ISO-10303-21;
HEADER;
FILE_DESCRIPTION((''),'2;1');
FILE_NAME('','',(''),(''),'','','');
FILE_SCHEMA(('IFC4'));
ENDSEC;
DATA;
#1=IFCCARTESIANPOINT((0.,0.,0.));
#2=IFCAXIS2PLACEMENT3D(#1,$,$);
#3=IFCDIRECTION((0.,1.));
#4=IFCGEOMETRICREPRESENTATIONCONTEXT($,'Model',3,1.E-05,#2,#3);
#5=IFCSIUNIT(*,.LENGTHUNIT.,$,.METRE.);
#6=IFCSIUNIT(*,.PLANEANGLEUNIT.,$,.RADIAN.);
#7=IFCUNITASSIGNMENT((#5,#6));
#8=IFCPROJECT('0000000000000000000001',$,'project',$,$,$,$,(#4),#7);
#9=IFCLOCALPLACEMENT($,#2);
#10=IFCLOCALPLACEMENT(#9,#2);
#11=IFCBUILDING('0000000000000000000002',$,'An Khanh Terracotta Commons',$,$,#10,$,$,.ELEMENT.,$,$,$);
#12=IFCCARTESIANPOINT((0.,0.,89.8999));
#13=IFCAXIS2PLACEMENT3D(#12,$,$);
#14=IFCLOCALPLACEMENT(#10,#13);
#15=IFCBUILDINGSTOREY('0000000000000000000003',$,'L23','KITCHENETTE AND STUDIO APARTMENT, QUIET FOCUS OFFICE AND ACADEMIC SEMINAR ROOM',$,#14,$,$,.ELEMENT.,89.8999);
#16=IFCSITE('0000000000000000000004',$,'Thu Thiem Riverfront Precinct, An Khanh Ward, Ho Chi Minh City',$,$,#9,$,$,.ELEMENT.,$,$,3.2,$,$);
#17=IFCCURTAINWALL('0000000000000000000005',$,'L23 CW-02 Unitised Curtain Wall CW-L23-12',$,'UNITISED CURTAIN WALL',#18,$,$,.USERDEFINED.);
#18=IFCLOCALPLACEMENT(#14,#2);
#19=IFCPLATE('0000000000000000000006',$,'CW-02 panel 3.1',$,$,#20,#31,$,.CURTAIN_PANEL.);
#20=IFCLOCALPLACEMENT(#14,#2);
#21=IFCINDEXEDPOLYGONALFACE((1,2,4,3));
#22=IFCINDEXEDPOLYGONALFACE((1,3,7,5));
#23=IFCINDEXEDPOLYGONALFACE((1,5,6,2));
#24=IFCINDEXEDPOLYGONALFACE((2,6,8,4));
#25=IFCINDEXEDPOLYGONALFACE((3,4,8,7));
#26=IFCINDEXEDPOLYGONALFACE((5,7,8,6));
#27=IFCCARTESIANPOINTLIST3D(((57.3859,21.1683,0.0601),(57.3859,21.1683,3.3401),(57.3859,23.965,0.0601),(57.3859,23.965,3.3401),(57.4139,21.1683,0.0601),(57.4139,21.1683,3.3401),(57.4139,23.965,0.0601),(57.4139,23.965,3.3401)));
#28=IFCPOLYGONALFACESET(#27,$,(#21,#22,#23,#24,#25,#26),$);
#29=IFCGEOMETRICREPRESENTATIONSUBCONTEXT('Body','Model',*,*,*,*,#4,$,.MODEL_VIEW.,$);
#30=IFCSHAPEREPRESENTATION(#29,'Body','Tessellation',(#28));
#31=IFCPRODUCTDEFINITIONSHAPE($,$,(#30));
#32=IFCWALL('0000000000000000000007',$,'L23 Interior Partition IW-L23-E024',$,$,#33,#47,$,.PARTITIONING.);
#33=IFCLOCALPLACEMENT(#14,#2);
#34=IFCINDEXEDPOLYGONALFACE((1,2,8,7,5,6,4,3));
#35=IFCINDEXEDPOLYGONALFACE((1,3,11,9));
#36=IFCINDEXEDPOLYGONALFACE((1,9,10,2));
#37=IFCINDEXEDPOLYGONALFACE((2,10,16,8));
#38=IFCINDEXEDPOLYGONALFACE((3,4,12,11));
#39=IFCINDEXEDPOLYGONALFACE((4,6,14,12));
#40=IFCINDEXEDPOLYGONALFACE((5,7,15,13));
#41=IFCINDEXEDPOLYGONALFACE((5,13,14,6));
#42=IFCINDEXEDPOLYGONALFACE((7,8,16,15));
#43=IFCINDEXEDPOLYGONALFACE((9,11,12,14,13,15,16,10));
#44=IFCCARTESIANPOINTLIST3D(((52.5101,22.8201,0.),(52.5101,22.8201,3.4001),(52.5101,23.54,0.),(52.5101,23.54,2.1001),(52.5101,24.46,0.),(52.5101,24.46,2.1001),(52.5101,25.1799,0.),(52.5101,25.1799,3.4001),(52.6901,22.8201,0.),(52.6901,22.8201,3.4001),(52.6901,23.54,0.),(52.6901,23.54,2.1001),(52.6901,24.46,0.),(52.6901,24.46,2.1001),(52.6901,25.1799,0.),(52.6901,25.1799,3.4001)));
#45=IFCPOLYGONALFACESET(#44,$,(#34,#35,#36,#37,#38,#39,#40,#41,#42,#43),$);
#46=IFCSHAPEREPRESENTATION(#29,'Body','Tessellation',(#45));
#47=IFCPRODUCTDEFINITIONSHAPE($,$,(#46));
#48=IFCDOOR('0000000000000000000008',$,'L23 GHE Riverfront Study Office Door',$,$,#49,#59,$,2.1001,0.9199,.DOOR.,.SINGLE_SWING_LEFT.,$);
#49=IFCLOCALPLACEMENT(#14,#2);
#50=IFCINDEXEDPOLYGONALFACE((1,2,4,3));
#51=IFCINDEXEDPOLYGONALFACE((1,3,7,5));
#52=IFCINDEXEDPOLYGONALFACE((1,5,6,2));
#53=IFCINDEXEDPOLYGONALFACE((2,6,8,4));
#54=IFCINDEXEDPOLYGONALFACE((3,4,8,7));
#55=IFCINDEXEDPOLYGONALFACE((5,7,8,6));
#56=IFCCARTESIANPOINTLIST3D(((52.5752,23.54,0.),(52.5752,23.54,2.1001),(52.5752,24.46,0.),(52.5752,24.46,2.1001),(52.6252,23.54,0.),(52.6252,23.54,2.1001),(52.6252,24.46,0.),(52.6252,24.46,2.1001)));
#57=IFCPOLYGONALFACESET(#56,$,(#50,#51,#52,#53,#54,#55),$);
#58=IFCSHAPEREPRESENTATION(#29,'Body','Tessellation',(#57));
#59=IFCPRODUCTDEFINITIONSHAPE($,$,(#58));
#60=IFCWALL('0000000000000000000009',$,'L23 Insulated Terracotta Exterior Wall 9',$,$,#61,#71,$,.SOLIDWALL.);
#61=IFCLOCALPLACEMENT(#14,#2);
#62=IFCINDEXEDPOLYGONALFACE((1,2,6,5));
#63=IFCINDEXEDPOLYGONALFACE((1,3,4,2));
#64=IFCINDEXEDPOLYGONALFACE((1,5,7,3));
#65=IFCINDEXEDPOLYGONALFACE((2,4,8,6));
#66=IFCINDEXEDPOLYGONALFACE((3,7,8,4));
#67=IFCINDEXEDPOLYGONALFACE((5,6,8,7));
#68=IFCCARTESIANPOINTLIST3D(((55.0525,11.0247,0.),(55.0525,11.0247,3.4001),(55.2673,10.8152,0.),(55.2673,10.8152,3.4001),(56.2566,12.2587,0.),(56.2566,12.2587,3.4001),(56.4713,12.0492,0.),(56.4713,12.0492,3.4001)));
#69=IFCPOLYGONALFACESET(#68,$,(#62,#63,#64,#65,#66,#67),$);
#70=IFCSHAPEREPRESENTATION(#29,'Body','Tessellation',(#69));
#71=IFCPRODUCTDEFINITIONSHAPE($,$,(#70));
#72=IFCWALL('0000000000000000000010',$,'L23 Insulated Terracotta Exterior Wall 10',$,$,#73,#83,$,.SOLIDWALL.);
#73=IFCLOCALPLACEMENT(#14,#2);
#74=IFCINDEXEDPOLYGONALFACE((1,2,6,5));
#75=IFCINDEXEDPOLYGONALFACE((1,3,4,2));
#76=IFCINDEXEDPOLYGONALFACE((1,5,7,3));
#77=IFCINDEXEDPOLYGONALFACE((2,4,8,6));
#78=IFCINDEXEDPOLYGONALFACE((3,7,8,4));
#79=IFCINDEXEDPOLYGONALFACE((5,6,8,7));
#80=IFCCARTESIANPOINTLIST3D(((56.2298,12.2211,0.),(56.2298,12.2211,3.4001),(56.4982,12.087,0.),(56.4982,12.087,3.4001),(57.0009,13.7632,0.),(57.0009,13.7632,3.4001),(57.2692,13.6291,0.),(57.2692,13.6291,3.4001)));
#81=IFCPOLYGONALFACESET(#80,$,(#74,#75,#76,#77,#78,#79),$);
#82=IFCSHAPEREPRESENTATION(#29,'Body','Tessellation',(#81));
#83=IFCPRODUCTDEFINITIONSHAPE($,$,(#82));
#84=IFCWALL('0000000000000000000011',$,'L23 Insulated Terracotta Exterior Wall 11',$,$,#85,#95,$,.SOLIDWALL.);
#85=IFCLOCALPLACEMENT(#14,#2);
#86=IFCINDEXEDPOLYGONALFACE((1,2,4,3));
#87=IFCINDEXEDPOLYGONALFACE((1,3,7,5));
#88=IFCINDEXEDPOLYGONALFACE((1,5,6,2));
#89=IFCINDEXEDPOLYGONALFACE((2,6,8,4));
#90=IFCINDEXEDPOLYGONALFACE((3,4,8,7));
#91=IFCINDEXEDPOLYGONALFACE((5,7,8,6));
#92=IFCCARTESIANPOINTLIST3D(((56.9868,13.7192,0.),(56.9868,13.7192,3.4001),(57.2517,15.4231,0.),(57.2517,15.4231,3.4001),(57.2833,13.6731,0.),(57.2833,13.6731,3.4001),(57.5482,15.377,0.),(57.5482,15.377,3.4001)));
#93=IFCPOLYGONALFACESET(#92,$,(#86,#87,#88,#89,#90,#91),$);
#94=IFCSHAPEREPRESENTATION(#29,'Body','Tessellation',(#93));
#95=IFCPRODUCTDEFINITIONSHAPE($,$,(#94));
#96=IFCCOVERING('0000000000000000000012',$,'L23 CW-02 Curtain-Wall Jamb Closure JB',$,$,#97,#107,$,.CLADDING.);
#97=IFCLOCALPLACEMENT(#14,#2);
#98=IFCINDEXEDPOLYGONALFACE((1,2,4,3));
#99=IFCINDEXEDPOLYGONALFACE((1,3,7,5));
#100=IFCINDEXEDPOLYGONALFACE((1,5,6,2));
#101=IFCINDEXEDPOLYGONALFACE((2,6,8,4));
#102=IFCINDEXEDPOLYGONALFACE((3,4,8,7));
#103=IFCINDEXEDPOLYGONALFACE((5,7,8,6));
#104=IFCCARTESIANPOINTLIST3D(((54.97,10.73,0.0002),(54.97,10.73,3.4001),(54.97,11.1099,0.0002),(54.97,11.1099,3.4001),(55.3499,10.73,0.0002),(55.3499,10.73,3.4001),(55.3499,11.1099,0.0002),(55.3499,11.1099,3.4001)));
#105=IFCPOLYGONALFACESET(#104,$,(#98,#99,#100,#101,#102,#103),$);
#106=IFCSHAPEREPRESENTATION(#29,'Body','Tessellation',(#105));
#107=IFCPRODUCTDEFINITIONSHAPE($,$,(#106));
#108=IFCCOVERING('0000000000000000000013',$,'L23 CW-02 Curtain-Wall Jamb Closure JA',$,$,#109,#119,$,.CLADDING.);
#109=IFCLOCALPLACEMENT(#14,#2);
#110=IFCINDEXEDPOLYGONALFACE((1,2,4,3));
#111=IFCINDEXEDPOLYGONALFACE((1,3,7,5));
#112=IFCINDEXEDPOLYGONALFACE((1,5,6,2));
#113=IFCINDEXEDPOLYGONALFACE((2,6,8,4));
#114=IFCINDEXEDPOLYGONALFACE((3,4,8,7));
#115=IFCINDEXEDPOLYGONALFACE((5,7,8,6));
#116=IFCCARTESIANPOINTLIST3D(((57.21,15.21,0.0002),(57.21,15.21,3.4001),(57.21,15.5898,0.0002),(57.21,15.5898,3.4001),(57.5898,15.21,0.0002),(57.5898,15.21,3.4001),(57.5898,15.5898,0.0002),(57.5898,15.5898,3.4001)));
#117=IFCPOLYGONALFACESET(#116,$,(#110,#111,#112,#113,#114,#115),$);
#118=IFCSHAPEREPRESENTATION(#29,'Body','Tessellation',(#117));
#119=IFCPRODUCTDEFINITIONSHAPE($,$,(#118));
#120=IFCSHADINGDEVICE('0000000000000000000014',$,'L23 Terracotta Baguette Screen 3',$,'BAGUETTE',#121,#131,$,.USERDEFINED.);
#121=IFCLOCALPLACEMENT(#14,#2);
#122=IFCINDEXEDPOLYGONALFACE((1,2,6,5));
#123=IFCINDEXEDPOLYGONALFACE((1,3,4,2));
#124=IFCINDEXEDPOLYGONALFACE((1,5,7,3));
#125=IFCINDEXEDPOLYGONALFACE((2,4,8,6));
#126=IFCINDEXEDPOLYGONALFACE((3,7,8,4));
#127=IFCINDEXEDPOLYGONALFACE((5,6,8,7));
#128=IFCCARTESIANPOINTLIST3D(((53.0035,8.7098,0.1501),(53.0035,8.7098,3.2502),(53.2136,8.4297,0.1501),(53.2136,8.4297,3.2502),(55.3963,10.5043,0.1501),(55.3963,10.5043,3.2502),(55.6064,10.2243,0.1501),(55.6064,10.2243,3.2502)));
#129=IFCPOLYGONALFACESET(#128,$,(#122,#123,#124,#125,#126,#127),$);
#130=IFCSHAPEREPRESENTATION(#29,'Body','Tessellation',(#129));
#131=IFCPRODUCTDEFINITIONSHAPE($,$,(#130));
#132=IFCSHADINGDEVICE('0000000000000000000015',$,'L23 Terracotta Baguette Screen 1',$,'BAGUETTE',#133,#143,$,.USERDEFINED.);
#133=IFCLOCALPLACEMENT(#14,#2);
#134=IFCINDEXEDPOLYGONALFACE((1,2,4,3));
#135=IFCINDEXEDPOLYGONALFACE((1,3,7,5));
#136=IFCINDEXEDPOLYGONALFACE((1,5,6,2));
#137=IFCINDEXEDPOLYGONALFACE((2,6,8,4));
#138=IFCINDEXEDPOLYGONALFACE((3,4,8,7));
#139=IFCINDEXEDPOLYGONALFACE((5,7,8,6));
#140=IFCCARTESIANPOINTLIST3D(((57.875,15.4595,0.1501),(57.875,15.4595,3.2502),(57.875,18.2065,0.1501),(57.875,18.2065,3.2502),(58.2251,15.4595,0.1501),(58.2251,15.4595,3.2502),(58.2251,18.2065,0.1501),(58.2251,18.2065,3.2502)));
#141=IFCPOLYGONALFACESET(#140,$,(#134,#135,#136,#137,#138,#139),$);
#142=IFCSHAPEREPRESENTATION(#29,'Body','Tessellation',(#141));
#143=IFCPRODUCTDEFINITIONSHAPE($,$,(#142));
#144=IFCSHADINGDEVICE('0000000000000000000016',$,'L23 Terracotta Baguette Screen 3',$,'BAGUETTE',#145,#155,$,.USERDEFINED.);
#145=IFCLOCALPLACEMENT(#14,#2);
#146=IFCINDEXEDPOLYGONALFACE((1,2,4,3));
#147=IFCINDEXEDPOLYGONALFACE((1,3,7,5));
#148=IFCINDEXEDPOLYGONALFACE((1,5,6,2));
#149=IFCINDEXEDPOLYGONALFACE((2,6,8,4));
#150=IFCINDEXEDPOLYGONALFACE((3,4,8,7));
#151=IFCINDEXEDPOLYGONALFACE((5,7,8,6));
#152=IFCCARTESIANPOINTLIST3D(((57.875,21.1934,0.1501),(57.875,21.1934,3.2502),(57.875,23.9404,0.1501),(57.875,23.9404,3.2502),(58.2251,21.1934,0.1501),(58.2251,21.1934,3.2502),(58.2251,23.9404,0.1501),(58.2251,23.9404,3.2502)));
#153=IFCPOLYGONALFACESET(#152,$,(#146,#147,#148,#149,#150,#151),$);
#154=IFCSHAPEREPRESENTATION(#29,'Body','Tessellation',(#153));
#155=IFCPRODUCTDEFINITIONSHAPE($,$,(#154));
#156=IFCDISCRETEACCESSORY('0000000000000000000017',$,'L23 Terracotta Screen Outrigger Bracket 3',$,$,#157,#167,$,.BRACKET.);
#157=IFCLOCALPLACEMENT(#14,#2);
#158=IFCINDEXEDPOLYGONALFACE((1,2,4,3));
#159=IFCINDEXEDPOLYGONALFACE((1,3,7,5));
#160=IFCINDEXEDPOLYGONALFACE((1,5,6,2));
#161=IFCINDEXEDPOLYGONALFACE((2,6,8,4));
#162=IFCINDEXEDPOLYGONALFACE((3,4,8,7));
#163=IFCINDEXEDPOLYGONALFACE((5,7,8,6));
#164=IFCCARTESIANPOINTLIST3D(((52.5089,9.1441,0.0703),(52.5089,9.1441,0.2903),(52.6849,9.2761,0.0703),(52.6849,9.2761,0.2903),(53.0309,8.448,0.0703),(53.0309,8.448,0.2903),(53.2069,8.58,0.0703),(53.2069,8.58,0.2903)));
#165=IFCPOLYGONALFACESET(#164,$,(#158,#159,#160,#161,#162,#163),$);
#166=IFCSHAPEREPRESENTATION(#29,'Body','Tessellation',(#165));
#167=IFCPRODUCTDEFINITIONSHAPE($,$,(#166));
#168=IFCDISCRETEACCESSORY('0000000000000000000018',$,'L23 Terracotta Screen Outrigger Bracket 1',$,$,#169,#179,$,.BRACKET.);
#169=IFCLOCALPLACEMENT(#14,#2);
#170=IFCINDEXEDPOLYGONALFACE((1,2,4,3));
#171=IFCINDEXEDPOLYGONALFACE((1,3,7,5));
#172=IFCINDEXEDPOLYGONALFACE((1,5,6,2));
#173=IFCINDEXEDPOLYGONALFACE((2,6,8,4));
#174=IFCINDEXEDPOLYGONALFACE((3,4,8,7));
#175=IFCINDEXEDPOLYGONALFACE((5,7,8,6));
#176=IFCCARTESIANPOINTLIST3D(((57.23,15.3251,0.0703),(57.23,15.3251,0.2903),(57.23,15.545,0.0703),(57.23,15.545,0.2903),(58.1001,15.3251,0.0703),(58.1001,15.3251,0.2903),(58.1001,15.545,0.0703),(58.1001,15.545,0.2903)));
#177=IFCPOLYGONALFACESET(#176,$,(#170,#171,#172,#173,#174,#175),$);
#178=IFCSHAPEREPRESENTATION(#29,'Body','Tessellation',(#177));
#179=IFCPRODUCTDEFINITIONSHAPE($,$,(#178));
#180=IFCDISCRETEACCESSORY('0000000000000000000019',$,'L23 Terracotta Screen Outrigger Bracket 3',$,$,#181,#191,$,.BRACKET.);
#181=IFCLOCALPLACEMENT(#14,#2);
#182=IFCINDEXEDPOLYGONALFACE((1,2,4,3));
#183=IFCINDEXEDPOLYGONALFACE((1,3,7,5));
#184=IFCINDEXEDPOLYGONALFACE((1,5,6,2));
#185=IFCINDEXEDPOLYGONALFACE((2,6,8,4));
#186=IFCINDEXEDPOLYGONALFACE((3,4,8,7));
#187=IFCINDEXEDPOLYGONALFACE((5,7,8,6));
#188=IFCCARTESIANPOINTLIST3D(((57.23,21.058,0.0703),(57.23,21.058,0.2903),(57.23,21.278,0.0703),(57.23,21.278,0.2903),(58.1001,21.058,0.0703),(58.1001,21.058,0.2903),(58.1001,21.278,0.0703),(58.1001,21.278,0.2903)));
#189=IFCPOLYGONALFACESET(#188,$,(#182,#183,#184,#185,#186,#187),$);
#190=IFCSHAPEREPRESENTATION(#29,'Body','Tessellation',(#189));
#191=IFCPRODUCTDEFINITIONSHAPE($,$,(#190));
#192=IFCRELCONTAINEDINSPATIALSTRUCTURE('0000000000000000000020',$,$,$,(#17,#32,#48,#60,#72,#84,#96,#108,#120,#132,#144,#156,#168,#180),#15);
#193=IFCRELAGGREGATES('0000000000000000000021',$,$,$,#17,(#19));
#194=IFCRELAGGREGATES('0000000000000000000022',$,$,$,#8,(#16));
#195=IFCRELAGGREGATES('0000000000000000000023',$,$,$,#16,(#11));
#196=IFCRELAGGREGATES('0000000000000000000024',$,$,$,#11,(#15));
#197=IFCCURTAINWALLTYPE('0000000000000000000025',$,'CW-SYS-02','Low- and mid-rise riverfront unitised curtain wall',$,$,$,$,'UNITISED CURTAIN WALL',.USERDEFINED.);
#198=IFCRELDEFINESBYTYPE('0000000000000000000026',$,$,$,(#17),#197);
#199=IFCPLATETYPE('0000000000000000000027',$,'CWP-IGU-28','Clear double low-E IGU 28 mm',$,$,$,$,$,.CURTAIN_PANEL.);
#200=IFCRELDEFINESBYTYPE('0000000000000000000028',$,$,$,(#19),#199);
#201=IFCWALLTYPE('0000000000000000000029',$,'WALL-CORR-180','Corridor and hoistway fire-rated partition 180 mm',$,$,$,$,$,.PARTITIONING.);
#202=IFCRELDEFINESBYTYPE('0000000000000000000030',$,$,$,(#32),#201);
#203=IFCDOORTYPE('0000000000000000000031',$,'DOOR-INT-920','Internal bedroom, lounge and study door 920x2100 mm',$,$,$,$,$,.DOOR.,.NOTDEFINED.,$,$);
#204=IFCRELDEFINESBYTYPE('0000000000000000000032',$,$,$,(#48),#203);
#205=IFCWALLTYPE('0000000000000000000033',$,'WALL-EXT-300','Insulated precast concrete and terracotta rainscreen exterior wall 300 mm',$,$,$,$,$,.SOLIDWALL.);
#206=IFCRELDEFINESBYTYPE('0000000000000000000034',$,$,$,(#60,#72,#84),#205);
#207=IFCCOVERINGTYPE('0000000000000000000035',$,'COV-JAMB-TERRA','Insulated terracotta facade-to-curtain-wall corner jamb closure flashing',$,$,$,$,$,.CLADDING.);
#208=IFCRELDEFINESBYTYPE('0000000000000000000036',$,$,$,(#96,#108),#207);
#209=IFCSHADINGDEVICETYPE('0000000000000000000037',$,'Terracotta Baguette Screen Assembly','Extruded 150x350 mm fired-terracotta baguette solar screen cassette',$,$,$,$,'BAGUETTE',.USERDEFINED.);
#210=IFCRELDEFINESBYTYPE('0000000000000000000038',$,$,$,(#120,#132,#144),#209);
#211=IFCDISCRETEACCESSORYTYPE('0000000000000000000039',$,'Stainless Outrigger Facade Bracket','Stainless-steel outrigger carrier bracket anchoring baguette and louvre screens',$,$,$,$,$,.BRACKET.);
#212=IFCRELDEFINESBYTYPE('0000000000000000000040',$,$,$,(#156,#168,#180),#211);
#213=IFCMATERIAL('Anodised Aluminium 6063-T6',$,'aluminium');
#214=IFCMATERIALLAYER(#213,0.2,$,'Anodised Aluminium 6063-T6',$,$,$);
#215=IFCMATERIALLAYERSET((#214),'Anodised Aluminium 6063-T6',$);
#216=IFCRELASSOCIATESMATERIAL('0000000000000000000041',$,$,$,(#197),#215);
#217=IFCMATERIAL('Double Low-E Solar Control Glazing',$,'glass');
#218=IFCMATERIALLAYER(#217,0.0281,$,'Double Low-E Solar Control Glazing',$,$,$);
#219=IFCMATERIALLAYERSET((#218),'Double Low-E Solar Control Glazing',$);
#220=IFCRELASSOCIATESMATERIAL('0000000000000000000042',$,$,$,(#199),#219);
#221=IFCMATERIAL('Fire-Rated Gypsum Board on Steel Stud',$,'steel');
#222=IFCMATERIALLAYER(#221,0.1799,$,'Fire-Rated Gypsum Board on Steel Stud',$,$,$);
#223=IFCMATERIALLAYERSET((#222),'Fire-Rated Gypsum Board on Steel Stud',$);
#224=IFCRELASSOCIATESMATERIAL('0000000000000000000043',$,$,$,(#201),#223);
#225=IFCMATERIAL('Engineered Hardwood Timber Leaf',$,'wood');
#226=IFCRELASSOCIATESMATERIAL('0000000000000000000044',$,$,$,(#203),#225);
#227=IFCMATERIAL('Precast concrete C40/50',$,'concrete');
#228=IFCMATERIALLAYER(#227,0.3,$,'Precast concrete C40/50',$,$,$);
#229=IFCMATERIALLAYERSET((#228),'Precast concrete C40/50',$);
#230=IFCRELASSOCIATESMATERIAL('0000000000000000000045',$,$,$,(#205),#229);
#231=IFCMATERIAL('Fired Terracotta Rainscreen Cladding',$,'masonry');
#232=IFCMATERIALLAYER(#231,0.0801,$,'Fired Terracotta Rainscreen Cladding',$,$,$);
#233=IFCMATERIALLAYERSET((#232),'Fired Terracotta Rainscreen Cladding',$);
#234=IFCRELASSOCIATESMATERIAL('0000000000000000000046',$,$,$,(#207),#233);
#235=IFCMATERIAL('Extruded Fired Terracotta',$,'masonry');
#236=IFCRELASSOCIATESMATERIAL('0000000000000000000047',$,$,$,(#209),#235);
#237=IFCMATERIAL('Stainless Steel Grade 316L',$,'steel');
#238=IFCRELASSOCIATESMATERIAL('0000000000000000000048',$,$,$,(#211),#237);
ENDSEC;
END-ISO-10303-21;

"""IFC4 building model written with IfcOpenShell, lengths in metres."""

from ifc_helpers import new_model, si_unit, direction, frame, frame_2d, origin, origin_2d, place, context, subcontext, project, spatial, rectangle, extrude, material, layer, layer_set, type_object, element, fill, aggregate, save


model = new_model("IFC4")

# Units and contexts
model_context = context("Model", 3, precision=1e-05, world=origin(), true_north=direction((0.0, 1.0)))
body_context = subcontext(model_context, "Body", "Model", "MODEL_VIEW")
ifc_project = project(units=[si_unit("LENGTHUNIT", "METRE"), si_unit("PLANEANGLEUNIT", "RADIAN")], contexts=[model_context])

# Site, building, storey
site_placement = place(None, origin())
site = spatial("IfcSite", under=ifc_project, at=site_placement, Name="Thu Thiem Riverfront Precinct, An Khanh Ward, Ho Chi Minh City", CompositionType="ELEMENT", RefElevation=3.2)
building_placement = place(site_placement, origin())
building = spatial("IfcBuilding", under=site, at=building_placement, Name="An Khanh Terracotta Commons", CompositionType="ELEMENT")
storey_placement = place(building_placement, frame((0.0, 0.0, 89.8999)))
storey = spatial("IfcBuildingStorey", under=building, at=storey_placement, Name="L23", Description="KITCHENETTE AND STUDIO APARTMENT, QUIET FOCUS OFFICE AND ACADEMIC SEMINAR ROOM", CompositionType="ELEMENT", Elevation=89.8999)

# Curtain wall
ifc_material_1 = material(Name="Anodised Aluminium 6063-T6", Category="aluminium")
ifc_layer_1 = layer(ifc_material_1, 0.2, Name="Anodised Aluminium 6063-T6")
ifc_layer_set_1 = layer_set([ifc_layer_1], Name="Anodised Aluminium 6063-T6")
curtain_wall_type = type_object("IfcCurtainWallType", Name="CW-SYS-02", Description="Low- and mid-rise riverfront unitised curtain wall", ElementType="UNITISED CURTAIN WALL", PredefinedType="USERDEFINED", material=ifc_layer_set_1)
curtain_wall_1_placement = place(storey_placement, origin())
curtain_wall_1 = element("IfcCurtainWall", 1, at=curtain_wall_1_placement, inside=storey, type_object=curtain_wall_type, Name="L23 CW-02 Unitised Curtain Wall CW-L23-12", ObjectType="UNITISED CURTAIN WALL", PredefinedType="USERDEFINED")

# Plate
ifc_material_2 = material(Name="Double Low-E Solar Control Glazing", Category="glass")
ifc_layer_2 = layer(ifc_material_2, 0.0281, Name="Double Low-E Solar Control Glazing")
ifc_layer_set_2 = layer_set([ifc_layer_2], Name="Double Low-E Solar Control Glazing")
plate_type = type_object("IfcPlateType", Name="CWP-IGU-28", Description="Clear double low-E IGU 28 mm", PredefinedType="CURTAIN_PANEL", material=ifc_layer_set_2)
plate_1_placement = place(storey_placement, frame((57.3999, 22.5667, 0.0601), z_axis=(0.0, 0.0, 1.0), x_axis=(0.0, 1.0, 0.0)))
plate_1 = element("IfcPlate", 2, at=plate_1_placement, type_object=plate_type, Name="CW-02 panel 3.1", PredefinedType="CURTAIN_PANEL", context=body_context, shape_type="SweptSolid", body=[
    extrude(rectangle(XDim=2.7966, YDim=0.0281, at=origin_2d()), origin(), (0.0, 0.0, 1.0), 3.28),
])
aggregate(curtain_wall_1, [plate_1])

# Wall, opening, door
ifc_material_3 = material(Name="Fire-Rated Gypsum Board on Steel Stud", Category="steel")
ifc_layer_3 = layer(ifc_material_3, 0.1799, Name="Fire-Rated Gypsum Board on Steel Stud")
ifc_layer_set_3 = layer_set([ifc_layer_3], Name="Fire-Rated Gypsum Board on Steel Stud")
wall_type_1 = type_object("IfcWallType", Name="WALL-CORR-180", Description="Corridor and hoistway fire-rated partition 180 mm", PredefinedType="PARTITIONING", material=ifc_layer_set_3)
wall_1_placement = place(storey_placement, frame((52.6001, 22.8201, 0.0), z_axis=(0.0, 0.0, 1.0), x_axis=(0.0, 1.0, 0.0)))
wall_1 = element("IfcWall", 3, at=wall_1_placement, inside=storey, type_object=wall_type_1, Name="L23 Interior Partition IW-L23-E024", PredefinedType="PARTITIONING", context=body_context, shape_type="SweptSolid", body=[
    extrude(rectangle(XDim=2.3599, YDim=0.1799, at=frame_2d((1.1799, 0.0))), origin(), (0.0, 0.0, 1.0), 3.4001),
])
opening_placement = place(wall_1_placement, frame((0.72, 0.0, 0.0)))
opening = element("IfcOpeningElement", 4, at=opening_placement, cuts=wall_1, PredefinedType="OPENING", context=body_context, shape_type="SweptSolid", body=[
    extrude(rectangle(XDim=0.9199, YDim=2.1001, at=frame_2d((0.46, 1.05))), frame((0.0, 0.0999, 0.0), z_axis=(0.0, -1.0, 0.0), x_axis=(1.0, 0.0, 0.0)), (0.0, 0.0, 1.0), 0.2),
])
ifc_material_4 = material(Name="Engineered Hardwood Timber Leaf", Category="wood")
door_type = type_object("IfcDoorType", Name="DOOR-INT-920", Description="Internal bedroom, lounge and study door 920x2100 mm", OperationType="NOTDEFINED", PredefinedType="DOOR", material=ifc_material_4)
door_placement = place(opening_placement, origin())
door = element("IfcDoor", 5, at=door_placement, inside=storey, type_object=door_type, Name="L23 GHE Riverfront Study Office Door", OperationType="SINGLE_SWING_LEFT", OverallHeight=2.1001, OverallWidth=0.9199, PredefinedType="DOOR", context=body_context, shape_type="SweptSolid", body=[
    extrude(rectangle(XDim=0.9199, YDim=2.1001, at=frame_2d((0.46, 1.05))), frame((0.0, 0.0249, 0.0), z_axis=(0.0, -1.0, 0.0), x_axis=(1.0, 0.0, 0.0)), (0.0, 0.0, 1.0), 0.05),
])
fill(opening, door)

# Walls
ifc_material_5 = material(Name="Precast concrete C40/50", Category="concrete")
ifc_layer_4 = layer(ifc_material_5, 0.3, Name="Precast concrete C40/50")
ifc_layer_set_4 = layer_set([ifc_layer_4], Name="Precast concrete C40/50")
wall_type_2 = type_object("IfcWallType", Name="WALL-EXT-300", Description="Insulated precast concrete and terracotta rainscreen exterior wall 300 mm", PredefinedType="SOLIDWALL", material=ifc_layer_set_4)
for number, where, z_axis, x_axis, name in (
    (6, (55.1599, 10.9199, 0.0), (0.0, 0.0, 1.0), (0.698345, 0.715761, 0.0), "L23 Insulated Terracotta Exterior Wall 9"),
    (7, (56.364, 12.1541, 0.0), (0.0, 0.0, 1.0), (0.447214, 0.894427, 0.0), "L23 Insulated Terracotta Exterior Wall 10"),
):
    element("IfcWall", number, at=place(storey_placement, frame(where, z_axis=z_axis, x_axis=x_axis)), inside=storey, type_object=wall_type_2, Name=name, PredefinedType="SOLIDWALL", context=body_context, shape_type="SweptSolid", body=[
        extrude(rectangle(XDim=1.7241, YDim=0.3, at=frame_2d((0.8621, 0.0))), origin(), (0.0, 0.0, 1.0), 3.4001),
    ])
wall_2_placement = place(storey_placement, frame((57.135, 13.696, 0.0), z_axis=(0.0, 0.0, 1.0), x_axis=(0.153621, 0.98813, 0.0)))
element("IfcWall", 8, at=wall_2_placement, inside=storey, type_object=wall_type_2, Name="L23 Insulated Terracotta Exterior Wall 11", PredefinedType="SOLIDWALL", context=body_context, shape_type="SweptSolid", body=[
    extrude(rectangle(XDim=1.7244, YDim=0.3, at=frame_2d((0.8623, 0.0))), origin(), (0.0, 0.0, 1.0), 3.4001),
])

# Coverings
ifc_material_6 = material(Name="Fired Terracotta Rainscreen Cladding", Category="masonry")
ifc_layer_5 = layer(ifc_material_6, 0.0801, Name="Fired Terracotta Rainscreen Cladding")
ifc_layer_set_5 = layer_set([ifc_layer_5], Name="Fired Terracotta Rainscreen Cladding")
covering_type = type_object("IfcCoveringType", Name="COV-JAMB-TERRA", Description="Insulated terracotta facade-to-curtain-wall corner jamb closure flashing", PredefinedType="CLADDING", material=ifc_layer_set_5)
for number, where, z_axis, x_axis, name in (
    (9, (55.1599, 10.9199, 0.0002), (0.0, 0.0, 1.0), (1.0, 0.0, 0.0), "L23 CW-02 Curtain-Wall Jamb Closure JB"),
    (10, (57.3999, 15.3999, 0.0002), (0.0, 0.0, 1.0), (1.0, 0.0, 0.0), "L23 CW-02 Curtain-Wall Jamb Closure JA"),
):
    element("IfcCovering", number, at=place(storey_placement, frame(where, z_axis=z_axis, x_axis=x_axis)), inside=storey, type_object=covering_type, Name=name, PredefinedType="CLADDING", context=body_context, shape_type="SweptSolid", body=[
        extrude(rectangle(XDim=0.3799, YDim=0.3799, at=origin_2d()), origin(), (0.0, 0.0, 1.0), 3.3999),
    ])

# Shading devices
ifc_material_7 = material(Name="Extruded Fired Terracotta", Category="masonry")
shading_device_type = type_object("IfcShadingDeviceType", Name="Terracotta Baguette Screen Assembly", Description="Extruded 150x350 mm fired-terracotta baguette solar screen cassette", ElementType="BAGUETTE", PredefinedType="USERDEFINED", material=ifc_material_7)
shading_device_placement = place(storey_placement, frame((54.3049, 9.467, 0.1501), z_axis=(0.0, 0.0, 1.0), x_axis=(0.800013, 0.599983, 0.0)))
element("IfcShadingDevice", 11, at=shading_device_placement, inside=storey, type_object=shading_device_type, Name="L23 Terracotta Baguette Screen 3", ObjectType="BAGUETTE", PredefinedType="USERDEFINED", context=body_context, shape_type="SweptSolid", body=[
    extrude(rectangle(XDim=2.991, YDim=0.3501, at=origin_2d()), origin(), (0.0, 0.0, 1.0), 3.1001),
])
for number, where, z_axis, x_axis, name in (
    (12, (58.05, 16.833, 0.1501), (0.0, 0.0, 1.0), (0.0, 1.0, 0.0), "L23 Terracotta Baguette Screen 1"),
    (13, (58.05, 22.5669, 0.1501), (0.0, 0.0, 1.0), (0.0, 1.0, 0.0), "L23 Terracotta Baguette Screen 3"),
):
    element("IfcShadingDevice", number, at=place(storey_placement, frame(where, z_axis=z_axis, x_axis=x_axis)), inside=storey, type_object=shading_device_type, Name=name, ObjectType="BAGUETTE", PredefinedType="USERDEFINED", context=body_context, shape_type="SweptSolid", body=[
        extrude(rectangle(XDim=2.7471, YDim=0.3501, at=origin_2d()), origin(), (0.0, 0.0, 1.0), 3.1001),
    ])

# Discrete accessories
ifc_material_8 = material(Name="Stainless Steel Grade 316L", Category="steel")
discrete_accessory_type = type_object("IfcDiscreteAccessoryType", Name="Stainless Outrigger Facade Bracket", Description="Stainless-steel outrigger carrier bracket anchoring baguette and louvre screens", PredefinedType="BRACKET", material=ifc_material_8)
for number, where, z_axis, x_axis, name in (
    (14, (52.8579, 8.8621, 0.0703), (0.0, 0.0, 1.0), (0.800013, 0.599983, 0.0), "L23 Terracotta Screen Outrigger Bracket 3"),
    (15, (57.665, 15.4351, 0.0703), (0.0, 0.0, 1.0), (0.0, 1.0, 0.0), "L23 Terracotta Screen Outrigger Bracket 1"),
    (16, (57.665, 21.168, 0.0703), (0.0, 0.0, 1.0), (0.0, 1.0, 0.0), "L23 Terracotta Screen Outrigger Bracket 3"),
):
    element("IfcDiscreteAccessory", number, at=place(storey_placement, frame(where, z_axis=z_axis, x_axis=x_axis)), inside=storey, type_object=discrete_accessory_type, Name=name, PredefinedType="BRACKET", context=body_context, shape_type="SweptSolid", body=[
        extrude(rectangle(XDim=0.22, YDim=0.8701, at=origin_2d()), origin(), (0.0, 0.0, 1.0), 0.22),
    ])

save(model, "model.ifc")
